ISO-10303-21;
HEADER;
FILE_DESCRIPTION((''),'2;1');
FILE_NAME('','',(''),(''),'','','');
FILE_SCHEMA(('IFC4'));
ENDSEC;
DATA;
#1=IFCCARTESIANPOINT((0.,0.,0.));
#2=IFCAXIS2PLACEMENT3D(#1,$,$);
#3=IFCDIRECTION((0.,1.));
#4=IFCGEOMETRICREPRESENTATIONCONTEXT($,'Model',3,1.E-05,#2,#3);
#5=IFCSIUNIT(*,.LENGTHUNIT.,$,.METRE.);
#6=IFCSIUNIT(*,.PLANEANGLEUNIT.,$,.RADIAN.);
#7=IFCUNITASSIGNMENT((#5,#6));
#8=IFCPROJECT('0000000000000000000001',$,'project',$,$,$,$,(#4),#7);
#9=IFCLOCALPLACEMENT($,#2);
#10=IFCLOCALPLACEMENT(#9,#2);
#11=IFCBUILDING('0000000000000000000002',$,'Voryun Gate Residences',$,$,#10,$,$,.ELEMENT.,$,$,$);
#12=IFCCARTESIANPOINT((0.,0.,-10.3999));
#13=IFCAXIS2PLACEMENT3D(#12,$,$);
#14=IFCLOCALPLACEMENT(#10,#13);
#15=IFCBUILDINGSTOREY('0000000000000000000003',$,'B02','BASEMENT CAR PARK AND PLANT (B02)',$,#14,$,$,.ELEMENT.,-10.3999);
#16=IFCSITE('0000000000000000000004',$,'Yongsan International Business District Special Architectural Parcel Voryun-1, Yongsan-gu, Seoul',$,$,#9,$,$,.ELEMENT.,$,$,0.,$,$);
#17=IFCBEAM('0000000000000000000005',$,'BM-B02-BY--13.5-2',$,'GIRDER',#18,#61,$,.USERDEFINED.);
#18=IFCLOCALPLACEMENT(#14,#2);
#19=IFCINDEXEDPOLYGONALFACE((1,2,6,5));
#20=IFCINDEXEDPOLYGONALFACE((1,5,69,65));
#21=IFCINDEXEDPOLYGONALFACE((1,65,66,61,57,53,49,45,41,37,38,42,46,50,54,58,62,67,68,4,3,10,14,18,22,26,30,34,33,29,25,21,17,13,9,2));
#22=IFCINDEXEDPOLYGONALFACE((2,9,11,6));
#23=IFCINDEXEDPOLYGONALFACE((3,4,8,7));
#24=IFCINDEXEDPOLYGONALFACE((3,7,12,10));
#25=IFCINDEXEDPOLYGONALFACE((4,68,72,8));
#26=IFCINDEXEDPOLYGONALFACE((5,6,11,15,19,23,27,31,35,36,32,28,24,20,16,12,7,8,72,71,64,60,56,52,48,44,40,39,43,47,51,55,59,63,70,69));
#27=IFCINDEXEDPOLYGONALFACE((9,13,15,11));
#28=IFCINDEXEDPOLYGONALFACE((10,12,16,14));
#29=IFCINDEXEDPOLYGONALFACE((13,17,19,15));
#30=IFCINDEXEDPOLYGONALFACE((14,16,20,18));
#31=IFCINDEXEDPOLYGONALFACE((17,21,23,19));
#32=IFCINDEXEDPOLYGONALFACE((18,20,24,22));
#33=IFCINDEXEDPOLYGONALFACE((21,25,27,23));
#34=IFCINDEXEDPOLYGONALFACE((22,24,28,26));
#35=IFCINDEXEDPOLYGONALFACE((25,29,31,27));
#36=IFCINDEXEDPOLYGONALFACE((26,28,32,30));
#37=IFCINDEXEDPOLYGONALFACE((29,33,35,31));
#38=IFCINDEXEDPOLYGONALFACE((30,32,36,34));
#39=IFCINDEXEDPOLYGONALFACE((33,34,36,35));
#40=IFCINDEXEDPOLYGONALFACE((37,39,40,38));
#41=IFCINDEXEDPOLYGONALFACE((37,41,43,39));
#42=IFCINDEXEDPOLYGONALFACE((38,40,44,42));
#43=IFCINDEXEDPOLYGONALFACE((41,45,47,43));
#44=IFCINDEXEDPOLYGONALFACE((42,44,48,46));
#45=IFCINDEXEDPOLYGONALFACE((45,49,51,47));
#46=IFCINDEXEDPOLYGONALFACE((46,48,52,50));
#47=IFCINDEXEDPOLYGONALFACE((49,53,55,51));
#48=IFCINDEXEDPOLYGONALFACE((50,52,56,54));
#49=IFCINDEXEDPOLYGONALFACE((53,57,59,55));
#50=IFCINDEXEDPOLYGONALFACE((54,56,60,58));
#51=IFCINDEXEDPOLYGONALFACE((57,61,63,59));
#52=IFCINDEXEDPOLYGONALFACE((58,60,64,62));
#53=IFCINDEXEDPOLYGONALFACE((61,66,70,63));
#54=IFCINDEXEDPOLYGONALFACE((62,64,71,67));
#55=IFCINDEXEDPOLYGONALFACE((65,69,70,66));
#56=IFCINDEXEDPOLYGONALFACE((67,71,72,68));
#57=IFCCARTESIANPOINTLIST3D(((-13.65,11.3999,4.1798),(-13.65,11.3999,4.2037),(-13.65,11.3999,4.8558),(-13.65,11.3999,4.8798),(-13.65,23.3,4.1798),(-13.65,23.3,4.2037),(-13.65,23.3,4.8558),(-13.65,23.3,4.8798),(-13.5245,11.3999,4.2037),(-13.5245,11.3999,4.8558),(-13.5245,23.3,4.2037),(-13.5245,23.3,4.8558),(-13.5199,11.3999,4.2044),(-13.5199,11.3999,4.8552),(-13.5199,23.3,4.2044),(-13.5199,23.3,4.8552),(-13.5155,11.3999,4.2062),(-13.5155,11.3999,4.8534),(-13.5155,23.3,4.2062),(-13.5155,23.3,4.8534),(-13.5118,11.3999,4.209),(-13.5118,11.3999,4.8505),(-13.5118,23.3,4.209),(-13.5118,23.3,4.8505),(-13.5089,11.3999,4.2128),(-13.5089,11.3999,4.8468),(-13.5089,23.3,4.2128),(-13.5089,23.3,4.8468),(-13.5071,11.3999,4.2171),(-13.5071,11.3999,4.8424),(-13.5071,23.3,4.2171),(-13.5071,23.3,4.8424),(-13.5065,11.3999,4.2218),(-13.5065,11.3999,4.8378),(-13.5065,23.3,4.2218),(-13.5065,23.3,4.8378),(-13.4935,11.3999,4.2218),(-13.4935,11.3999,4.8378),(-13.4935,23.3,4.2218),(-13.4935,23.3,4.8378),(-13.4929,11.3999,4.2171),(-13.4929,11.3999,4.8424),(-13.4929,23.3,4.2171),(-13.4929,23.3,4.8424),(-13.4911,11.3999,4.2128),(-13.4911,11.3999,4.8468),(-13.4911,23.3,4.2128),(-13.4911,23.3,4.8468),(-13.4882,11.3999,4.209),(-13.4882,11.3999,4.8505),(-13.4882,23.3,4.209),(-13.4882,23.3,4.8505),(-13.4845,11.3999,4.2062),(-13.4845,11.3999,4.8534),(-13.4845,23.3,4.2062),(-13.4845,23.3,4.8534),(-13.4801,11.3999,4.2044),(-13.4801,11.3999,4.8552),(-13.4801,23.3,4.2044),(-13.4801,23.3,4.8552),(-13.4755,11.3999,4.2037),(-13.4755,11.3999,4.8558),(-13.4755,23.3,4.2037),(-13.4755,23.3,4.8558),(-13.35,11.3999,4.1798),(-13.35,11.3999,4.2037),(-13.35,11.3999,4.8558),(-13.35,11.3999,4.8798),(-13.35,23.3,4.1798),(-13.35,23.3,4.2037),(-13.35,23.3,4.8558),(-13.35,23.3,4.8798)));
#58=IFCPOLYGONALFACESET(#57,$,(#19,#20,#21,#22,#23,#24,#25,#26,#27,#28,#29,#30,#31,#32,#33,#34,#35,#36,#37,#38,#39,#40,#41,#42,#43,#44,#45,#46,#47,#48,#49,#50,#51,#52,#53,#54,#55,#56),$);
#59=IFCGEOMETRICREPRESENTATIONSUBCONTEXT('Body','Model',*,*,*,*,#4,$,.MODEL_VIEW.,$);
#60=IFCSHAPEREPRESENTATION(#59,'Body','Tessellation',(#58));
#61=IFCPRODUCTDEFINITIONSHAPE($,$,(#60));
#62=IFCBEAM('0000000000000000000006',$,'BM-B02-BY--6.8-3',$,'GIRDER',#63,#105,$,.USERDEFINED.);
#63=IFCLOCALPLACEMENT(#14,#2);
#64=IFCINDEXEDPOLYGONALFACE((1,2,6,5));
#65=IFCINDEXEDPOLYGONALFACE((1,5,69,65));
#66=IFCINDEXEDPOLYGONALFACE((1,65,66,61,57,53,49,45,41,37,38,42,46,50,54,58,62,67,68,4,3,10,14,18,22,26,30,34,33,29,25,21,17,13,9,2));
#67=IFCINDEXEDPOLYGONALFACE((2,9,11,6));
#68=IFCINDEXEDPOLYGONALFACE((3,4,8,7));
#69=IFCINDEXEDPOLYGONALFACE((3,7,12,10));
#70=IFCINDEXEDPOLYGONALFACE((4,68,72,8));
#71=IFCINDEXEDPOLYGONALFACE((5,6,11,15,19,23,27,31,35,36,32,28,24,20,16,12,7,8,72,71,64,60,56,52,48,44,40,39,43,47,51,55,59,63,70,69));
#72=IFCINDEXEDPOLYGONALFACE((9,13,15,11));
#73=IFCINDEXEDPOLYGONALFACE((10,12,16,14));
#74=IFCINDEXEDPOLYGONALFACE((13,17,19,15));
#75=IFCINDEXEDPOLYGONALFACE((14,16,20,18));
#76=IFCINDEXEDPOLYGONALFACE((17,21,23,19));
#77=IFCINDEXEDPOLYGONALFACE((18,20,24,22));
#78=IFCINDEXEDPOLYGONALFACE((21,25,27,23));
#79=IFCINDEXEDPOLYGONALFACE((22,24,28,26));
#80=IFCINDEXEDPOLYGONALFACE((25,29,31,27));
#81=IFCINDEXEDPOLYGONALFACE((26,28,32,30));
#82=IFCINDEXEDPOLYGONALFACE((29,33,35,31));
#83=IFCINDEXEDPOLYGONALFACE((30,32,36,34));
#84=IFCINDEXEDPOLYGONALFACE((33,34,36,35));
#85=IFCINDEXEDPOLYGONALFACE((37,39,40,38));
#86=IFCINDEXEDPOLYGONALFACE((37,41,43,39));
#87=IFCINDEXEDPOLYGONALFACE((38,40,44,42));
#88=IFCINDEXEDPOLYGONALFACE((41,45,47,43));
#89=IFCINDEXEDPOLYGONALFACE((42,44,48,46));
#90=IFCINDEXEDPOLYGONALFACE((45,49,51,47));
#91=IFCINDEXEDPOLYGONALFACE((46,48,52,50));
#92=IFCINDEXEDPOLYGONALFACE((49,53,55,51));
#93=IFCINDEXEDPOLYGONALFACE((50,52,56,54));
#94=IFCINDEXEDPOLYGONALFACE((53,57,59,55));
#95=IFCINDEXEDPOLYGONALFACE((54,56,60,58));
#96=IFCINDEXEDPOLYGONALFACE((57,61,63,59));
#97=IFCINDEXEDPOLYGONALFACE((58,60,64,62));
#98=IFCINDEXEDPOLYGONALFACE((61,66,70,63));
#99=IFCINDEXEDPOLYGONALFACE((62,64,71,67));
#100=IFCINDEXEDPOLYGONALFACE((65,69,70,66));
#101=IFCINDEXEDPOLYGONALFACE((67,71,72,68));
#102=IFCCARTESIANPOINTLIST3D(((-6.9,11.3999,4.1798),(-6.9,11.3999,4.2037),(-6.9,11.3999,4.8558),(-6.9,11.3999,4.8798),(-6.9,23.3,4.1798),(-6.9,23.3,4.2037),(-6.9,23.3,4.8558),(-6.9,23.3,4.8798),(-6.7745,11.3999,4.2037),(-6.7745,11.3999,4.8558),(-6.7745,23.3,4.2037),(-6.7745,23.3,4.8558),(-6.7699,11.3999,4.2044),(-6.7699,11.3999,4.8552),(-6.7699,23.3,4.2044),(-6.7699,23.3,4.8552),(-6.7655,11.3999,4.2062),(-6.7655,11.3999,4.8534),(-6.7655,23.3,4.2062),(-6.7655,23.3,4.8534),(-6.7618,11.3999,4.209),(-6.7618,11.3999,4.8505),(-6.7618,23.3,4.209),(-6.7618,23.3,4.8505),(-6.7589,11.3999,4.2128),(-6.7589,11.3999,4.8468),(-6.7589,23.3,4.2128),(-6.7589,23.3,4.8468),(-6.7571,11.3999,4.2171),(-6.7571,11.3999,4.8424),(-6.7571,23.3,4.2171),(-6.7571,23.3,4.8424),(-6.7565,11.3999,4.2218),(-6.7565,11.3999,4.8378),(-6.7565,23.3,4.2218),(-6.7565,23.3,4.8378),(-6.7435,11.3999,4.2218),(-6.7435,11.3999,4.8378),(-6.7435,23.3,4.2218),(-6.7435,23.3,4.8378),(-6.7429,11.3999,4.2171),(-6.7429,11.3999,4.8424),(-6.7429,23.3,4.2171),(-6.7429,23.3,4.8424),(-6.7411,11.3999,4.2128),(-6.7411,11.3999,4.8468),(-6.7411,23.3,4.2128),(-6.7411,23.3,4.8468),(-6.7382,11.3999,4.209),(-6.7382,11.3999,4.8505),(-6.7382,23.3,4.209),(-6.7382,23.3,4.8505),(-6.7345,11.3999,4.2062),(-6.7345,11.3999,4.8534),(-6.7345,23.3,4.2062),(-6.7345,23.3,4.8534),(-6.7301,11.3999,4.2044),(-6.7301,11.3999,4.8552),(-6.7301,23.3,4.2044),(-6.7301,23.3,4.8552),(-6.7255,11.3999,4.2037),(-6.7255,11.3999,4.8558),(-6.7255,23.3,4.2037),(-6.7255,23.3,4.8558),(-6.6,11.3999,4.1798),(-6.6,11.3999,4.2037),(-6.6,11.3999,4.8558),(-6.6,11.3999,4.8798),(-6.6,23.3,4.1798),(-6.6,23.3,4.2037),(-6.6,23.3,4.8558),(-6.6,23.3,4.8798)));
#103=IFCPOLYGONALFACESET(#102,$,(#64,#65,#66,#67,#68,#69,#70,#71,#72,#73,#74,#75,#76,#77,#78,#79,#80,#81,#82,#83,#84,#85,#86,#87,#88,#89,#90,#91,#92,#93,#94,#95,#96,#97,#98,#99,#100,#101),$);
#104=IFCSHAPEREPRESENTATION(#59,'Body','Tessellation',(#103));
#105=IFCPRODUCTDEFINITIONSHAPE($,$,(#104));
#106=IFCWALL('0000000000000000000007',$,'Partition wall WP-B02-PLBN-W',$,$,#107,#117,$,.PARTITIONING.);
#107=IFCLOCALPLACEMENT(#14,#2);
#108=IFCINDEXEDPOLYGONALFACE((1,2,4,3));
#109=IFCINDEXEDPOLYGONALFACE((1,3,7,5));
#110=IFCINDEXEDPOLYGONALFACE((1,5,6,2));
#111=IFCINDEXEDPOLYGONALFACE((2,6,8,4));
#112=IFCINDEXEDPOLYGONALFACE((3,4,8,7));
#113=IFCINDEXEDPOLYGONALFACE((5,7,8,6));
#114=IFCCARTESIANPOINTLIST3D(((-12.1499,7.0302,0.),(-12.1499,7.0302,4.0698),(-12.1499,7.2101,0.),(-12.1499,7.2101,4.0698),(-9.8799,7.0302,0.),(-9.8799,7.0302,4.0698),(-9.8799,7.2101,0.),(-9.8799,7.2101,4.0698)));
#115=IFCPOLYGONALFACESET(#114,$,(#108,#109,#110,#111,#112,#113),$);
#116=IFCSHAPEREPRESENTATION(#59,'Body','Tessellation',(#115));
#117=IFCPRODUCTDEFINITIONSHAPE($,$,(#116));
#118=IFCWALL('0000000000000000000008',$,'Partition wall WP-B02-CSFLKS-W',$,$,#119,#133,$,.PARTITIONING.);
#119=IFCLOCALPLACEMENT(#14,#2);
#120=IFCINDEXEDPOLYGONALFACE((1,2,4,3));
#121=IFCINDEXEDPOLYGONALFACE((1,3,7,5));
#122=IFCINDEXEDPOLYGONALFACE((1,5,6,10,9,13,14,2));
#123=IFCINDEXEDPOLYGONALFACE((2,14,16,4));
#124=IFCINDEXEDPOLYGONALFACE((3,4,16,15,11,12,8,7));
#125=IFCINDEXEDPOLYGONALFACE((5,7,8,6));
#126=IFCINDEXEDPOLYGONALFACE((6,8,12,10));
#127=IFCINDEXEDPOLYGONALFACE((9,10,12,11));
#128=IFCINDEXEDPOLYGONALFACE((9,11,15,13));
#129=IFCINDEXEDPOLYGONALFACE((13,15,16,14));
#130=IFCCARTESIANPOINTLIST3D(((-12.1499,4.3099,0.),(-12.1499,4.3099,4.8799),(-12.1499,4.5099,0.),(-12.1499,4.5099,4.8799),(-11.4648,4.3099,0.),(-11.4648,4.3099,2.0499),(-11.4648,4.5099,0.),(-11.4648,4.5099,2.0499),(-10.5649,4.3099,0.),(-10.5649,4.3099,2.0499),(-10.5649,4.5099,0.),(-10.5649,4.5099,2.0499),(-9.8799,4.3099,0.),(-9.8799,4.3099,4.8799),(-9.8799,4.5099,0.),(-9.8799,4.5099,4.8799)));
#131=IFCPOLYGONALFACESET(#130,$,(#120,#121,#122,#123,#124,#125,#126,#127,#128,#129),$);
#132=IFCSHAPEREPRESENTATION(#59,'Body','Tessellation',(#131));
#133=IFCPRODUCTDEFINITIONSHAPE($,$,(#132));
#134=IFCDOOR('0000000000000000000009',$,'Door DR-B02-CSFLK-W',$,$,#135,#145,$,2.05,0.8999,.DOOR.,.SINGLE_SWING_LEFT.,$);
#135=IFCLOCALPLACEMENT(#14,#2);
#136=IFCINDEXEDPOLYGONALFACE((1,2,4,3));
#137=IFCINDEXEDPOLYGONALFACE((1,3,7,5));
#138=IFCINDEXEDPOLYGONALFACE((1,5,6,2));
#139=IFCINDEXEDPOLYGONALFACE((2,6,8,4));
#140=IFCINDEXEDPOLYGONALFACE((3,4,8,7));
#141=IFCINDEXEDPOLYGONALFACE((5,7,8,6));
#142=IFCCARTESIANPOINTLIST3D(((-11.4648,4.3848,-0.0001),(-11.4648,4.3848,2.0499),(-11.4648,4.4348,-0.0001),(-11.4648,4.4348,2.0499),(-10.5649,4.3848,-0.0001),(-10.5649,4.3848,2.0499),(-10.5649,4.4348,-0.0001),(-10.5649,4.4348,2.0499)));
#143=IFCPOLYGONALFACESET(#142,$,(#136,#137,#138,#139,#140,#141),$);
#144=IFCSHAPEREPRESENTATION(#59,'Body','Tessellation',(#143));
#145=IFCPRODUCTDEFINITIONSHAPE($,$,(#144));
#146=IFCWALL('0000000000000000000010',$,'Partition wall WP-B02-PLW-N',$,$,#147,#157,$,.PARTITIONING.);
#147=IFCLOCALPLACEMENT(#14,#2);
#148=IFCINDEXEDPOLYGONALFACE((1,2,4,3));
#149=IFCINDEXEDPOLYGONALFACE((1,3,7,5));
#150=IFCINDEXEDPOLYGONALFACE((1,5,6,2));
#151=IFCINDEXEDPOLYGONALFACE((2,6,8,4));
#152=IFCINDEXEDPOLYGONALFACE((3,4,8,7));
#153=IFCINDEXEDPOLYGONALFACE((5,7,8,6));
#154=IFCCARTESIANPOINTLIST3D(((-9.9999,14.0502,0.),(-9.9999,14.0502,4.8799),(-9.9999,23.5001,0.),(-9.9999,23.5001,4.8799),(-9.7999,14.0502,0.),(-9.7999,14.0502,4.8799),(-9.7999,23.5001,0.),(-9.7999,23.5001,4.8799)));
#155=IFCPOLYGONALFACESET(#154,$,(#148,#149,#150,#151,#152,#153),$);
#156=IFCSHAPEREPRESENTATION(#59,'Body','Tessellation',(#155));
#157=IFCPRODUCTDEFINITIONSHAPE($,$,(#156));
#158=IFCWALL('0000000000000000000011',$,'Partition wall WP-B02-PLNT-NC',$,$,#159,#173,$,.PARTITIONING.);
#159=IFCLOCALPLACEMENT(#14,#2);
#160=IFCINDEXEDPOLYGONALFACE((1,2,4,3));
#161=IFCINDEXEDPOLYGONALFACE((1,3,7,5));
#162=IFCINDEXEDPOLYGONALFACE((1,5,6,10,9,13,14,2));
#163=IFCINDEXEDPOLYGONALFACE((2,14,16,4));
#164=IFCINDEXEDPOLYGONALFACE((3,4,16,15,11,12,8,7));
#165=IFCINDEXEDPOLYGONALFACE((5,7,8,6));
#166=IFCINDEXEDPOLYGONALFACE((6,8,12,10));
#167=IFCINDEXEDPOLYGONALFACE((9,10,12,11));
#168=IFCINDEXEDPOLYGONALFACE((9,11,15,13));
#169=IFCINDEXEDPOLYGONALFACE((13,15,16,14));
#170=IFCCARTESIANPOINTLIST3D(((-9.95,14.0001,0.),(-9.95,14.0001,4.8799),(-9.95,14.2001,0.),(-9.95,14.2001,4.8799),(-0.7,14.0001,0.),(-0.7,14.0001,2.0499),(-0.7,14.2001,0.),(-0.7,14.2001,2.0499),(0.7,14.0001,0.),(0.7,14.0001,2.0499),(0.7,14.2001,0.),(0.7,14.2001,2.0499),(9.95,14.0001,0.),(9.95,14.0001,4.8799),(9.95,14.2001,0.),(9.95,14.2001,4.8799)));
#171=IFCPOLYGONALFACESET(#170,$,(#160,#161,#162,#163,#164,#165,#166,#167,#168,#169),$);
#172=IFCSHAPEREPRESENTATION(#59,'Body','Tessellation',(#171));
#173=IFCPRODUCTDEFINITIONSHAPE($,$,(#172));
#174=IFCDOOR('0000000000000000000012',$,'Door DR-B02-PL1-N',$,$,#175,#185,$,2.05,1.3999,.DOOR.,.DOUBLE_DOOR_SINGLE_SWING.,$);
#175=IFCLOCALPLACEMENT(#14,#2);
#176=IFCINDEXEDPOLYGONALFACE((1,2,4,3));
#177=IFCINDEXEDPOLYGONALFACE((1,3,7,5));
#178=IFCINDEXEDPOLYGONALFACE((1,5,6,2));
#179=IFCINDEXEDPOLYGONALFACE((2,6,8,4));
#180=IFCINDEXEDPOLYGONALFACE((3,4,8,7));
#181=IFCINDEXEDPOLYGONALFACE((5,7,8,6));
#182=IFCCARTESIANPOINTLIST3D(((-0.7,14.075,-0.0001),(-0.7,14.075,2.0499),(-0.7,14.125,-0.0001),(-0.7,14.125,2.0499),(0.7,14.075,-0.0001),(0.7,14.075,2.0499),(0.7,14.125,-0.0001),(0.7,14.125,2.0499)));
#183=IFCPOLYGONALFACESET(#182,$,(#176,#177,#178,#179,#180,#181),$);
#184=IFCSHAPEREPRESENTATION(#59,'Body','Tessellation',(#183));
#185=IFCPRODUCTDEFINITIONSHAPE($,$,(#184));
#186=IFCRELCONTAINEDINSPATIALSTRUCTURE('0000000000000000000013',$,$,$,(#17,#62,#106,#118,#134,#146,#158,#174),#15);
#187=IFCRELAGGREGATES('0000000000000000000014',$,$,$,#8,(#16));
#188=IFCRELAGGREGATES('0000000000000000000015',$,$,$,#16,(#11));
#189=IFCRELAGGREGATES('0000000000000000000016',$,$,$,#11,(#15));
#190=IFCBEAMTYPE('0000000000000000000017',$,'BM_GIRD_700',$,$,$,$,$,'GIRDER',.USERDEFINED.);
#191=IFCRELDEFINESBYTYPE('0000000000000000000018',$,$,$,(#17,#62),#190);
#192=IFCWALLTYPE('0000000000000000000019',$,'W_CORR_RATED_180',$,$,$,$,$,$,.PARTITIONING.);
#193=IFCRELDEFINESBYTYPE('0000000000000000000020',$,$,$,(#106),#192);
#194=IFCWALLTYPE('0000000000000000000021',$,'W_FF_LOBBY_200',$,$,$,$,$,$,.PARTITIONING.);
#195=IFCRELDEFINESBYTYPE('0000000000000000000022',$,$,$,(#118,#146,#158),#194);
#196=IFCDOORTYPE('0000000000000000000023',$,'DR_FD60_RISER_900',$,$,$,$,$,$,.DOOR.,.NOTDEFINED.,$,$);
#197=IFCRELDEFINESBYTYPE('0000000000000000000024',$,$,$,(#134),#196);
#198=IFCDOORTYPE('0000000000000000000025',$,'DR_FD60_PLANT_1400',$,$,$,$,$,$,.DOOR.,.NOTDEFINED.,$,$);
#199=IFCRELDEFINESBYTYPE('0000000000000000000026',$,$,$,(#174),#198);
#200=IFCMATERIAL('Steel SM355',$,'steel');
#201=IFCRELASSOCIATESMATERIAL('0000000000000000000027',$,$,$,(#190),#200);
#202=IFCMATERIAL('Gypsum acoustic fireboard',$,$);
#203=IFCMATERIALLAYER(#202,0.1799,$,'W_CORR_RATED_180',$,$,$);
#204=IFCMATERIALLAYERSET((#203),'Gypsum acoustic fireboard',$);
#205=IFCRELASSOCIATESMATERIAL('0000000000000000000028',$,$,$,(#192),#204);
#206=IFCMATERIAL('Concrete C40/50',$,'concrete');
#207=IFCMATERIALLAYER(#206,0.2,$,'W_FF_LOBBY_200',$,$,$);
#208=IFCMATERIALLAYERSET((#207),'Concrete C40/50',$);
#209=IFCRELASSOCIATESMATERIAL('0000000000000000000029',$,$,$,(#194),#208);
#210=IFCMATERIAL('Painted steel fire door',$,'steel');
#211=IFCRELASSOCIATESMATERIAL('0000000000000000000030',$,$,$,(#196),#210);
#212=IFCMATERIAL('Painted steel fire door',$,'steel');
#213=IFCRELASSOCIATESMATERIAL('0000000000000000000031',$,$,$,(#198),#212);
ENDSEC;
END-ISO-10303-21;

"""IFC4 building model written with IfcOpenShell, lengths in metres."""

from ifc_helpers import new_model, si_unit, direction, frame, frame_2d, origin, origin_2d, place, context, subcontext, project, spatial, rectangle, i_section, extrude, material, layer, layer_set, material_profile, profile_set, type_object, element, fill, save


model = new_model("IFC4")

# Units and contexts
model_context = context("Model", 3, precision=1e-05, world=origin(), true_north=direction((0.0, 1.0)))
body_context = subcontext(model_context, "Body", "Model", "MODEL_VIEW")
ifc_project = project(units=[si_unit("LENGTHUNIT", "METRE"), si_unit("PLANEANGLEUNIT", "RADIAN")], contexts=[model_context])

# Site, building, storey
site_placement = place(None, origin())
site = spatial("IfcSite", under=ifc_project, at=site_placement, Name="Yongsan International Business District Special Architectural Parcel Voryun-1, Yongsan-gu, Seoul", CompositionType="ELEMENT", RefElevation=0.0)
building_placement = place(site_placement, origin())
building = spatial("IfcBuilding", under=site, at=building_placement, Name="Voryun Gate Residences", CompositionType="ELEMENT")
storey_placement = place(building_placement, frame((0.0, 0.0, -10.3999)))
storey = spatial("IfcBuildingStorey", under=building, at=storey_placement, Name="B02", Description="BASEMENT CAR PARK AND PLANT (B02)", CompositionType="ELEMENT", Elevation=-10.3999)

# Beams
ifc_material_1 = material(Name="Steel SM355", Category="steel")
ifc_material_profile_1 = material_profile(ifc_material_1, i_section(OverallWidth=0.3, OverallDepth=0.7, WebThickness=0.0129, FlangeThickness=0.0239, FilletRadius=0.0181, at=origin_2d()), Name="H-700x300x13x24")
ifc_profile_set_1 = profile_set([ifc_material_profile_1], Name="Steel SM355")
beam_type_1 = type_object("IfcBeamType", Name="BM_GIRD_700", ElementType="GIRDER", PredefinedType="USERDEFINED", material=ifc_profile_set_1)
for number, where, z_axis, x_axis, name in (
    (1, (-13.5, 11.3999, 4.5298), (0.0, 1.0, 0.0), (-1.0, 0.0, 0.0), "BM-B02-BY--13.5-2"),
    (2, (-6.75, 11.3999, 4.5298), (0.0, 1.0, 0.0), (-1.0, 0.0, 0.0), "BM-B02-BY--6.8-3"),
):
    element("IfcBeam", number, at=place(storey_placement, frame(where, z_axis=z_axis, x_axis=x_axis)), inside=storey, type_object=beam_type_1, Name=name, ObjectType="GIRDER", PredefinedType="USERDEFINED", context=body_context, shape_type="SweptSolid", body=[
        extrude(i_section(OverallWidth=0.3, OverallDepth=0.7, WebThickness=0.0129, FlangeThickness=0.0239, FilletRadius=0.0181, at=origin_2d()), origin(), (0.0, 0.0, 1.0), 11.9001),
    ])

# Wall
ifc_material_2 = material(Name="Gypsum acoustic fireboard")
ifc_layer_1 = layer(ifc_material_2, 0.1799, Name="W_CORR_RATED_180")
ifc_layer_set_1 = layer_set([ifc_layer_1], Name="Gypsum acoustic fireboard")
wall_type_1 = type_object("IfcWallType", Name="W_CORR_RATED_180", PredefinedType="PARTITIONING", material=ifc_layer_set_1)
wall_1_placement = place(storey_placement, frame((-12.1499, 7.1201, 0.0), z_axis=(0.0, 0.0, 1.0), x_axis=(1.0, 0.0, 0.0)))
element("IfcWall", 3, at=wall_1_placement, inside=storey, type_object=wall_type_1, Name="Partition wall WP-B02-PLBN-W", PredefinedType="PARTITIONING", context=body_context, shape_type="SweptSolid", body=[
    extrude(rectangle(XDim=2.27, YDim=0.1799, at=frame_2d((1.135, 0.0))), origin(), (0.0, 0.0, 1.0), 4.0698),
])

# Wall, opening, door
ifc_material_3 = material(Name="Concrete C40/50", Category="concrete")
ifc_layer_2 = layer(ifc_material_3, 0.2, Name="W_FF_LOBBY_200")
ifc_layer_set_2 = layer_set([ifc_layer_2], Name="Concrete C40/50")
wall_type_2 = type_object("IfcWallType", Name="W_FF_LOBBY_200", PredefinedType="PARTITIONING", material=ifc_layer_set_2)
wall_2_placement = place(storey_placement, frame((-12.1499, 4.4099, 0.0), z_axis=(0.0, 0.0, 1.0), x_axis=(1.0, 0.0, 0.0)))
wall_2 = element("IfcWall", 4, at=wall_2_placement, inside=storey, type_object=wall_type_2, Name="Partition wall WP-B02-CSFLKS-W", PredefinedType="PARTITIONING", context=body_context, shape_type="SweptSolid", body=[
    extrude(rectangle(XDim=2.27, YDim=0.2, at=frame_2d((1.135, 0.0))), origin(), (0.0, 0.0, 1.0), 4.8799),
])
opening_1_placement = place(wall_2_placement, frame((0.6851, 0.0, 0.0)))
opening_1 = element("IfcOpeningElement", 5, at=opening_1_placement, cuts=wall_2, PredefinedType="OPENING", context=body_context, shape_type="SweptSolid", body=[
    extrude(rectangle(XDim=0.8999, YDim=2.05, at=frame_2d((0.45, 1.0249))), frame((0.0, 0.1101, 0.0), z_axis=(0.0, -1.0, 0.0), x_axis=(1.0, 0.0, 0.0)), (0.0, 0.0, 1.0), 0.22),
])
ifc_material_4 = material(Name="Painted steel fire door", Category="steel")
door_type_1 = type_object("IfcDoorType", Name="DR_FD60_RISER_900", OperationType="NOTDEFINED", PredefinedType="DOOR", material=ifc_material_4)
door_1_placement = place(opening_1_placement, origin())
door_1 = element("IfcDoor", 6, at=door_1_placement, inside=storey, type_object=door_type_1, Name="Door DR-B02-CSFLK-W", OperationType="SINGLE_SWING_LEFT", OverallHeight=2.05, OverallWidth=0.8999, PredefinedType="DOOR", context=body_context, shape_type="SweptSolid", body=[
    extrude(rectangle(XDim=0.8999, YDim=2.05, at=frame_2d((0.45, 1.0249))), frame((0.0, 0.0249, 0.0), z_axis=(0.0, -1.0, 0.0), x_axis=(1.0, 0.0, 0.0)), (0.0, 0.0, 1.0), 0.05),
])
fill(opening_1, door_1)

# Wall
wall_3_placement = place(storey_placement, frame((-9.8999, 14.05, 0.0), z_axis=(0.0, 0.0, 1.0), x_axis=(0.0, 1.0, 0.0)))
element("IfcWall", 7, at=wall_3_placement, inside=storey, type_object=wall_type_2, Name="Partition wall WP-B02-PLW-N", PredefinedType="PARTITIONING", context=body_context, shape_type="SweptSolid", body=[
    extrude(rectangle(XDim=9.45, YDim=0.2, at=frame_2d((4.7251, 0.0))), origin(), (0.0, 0.0, 1.0), 4.8799),
])

# Wall, opening, door
wall_4_placement = place(storey_placement, frame((-9.95, 14.1001, 0.0), z_axis=(0.0, 0.0, 1.0), x_axis=(1.0, 0.0, 0.0)))
wall_4 = element("IfcWall", 8, at=wall_4_placement, inside=storey, type_object=wall_type_2, Name="Partition wall WP-B02-PLNT-NC", PredefinedType="PARTITIONING", context=body_context, shape_type="SweptSolid", body=[
    extrude(rectangle(XDim=19.8999, YDim=0.2, at=frame_2d((9.95, 0.0))), origin(), (0.0, 0.0, 1.0), 4.8799),
])
opening_2_placement = place(wall_4_placement, frame((9.25, 0.0, 0.0)))
opening_2 = element("IfcOpeningElement", 9, at=opening_2_placement, cuts=wall_4, PredefinedType="OPENING", context=body_context, shape_type="SweptSolid", body=[
    extrude(rectangle(XDim=1.3999, YDim=2.05, at=frame_2d((0.7, 1.0249))), frame((0.0, 0.1101, 0.0), z_axis=(0.0, -1.0, 0.0), x_axis=(1.0, 0.0, 0.0)), (0.0, 0.0, 1.0), 0.22),
])
ifc_material_5 = material(Name="Painted steel fire door", Category="steel")
door_type_2 = type_object("IfcDoorType", Name="DR_FD60_PLANT_1400", OperationType="NOTDEFINED", PredefinedType="DOOR", material=ifc_material_5)
door_2_placement = place(opening_2_placement, origin())
door_2 = element("IfcDoor", 10, at=door_2_placement, inside=storey, type_object=door_type_2, Name="Door DR-B02-PL1-N", OperationType="DOUBLE_DOOR_SINGLE_SWING", OverallHeight=2.05, OverallWidth=1.3999, PredefinedType="DOOR", context=body_context, shape_type="SweptSolid", body=[
    extrude(rectangle(XDim=1.3999, YDim=2.05, at=frame_2d((0.7, 1.0249))), frame((0.0, 0.0249, 0.0), z_axis=(0.0, -1.0, 0.0), x_axis=(1.0, 0.0, 0.0)), (0.0, 0.0, 1.0), 0.05),
])
fill(opening_2, door_2)

save(model, "model.ifc")
